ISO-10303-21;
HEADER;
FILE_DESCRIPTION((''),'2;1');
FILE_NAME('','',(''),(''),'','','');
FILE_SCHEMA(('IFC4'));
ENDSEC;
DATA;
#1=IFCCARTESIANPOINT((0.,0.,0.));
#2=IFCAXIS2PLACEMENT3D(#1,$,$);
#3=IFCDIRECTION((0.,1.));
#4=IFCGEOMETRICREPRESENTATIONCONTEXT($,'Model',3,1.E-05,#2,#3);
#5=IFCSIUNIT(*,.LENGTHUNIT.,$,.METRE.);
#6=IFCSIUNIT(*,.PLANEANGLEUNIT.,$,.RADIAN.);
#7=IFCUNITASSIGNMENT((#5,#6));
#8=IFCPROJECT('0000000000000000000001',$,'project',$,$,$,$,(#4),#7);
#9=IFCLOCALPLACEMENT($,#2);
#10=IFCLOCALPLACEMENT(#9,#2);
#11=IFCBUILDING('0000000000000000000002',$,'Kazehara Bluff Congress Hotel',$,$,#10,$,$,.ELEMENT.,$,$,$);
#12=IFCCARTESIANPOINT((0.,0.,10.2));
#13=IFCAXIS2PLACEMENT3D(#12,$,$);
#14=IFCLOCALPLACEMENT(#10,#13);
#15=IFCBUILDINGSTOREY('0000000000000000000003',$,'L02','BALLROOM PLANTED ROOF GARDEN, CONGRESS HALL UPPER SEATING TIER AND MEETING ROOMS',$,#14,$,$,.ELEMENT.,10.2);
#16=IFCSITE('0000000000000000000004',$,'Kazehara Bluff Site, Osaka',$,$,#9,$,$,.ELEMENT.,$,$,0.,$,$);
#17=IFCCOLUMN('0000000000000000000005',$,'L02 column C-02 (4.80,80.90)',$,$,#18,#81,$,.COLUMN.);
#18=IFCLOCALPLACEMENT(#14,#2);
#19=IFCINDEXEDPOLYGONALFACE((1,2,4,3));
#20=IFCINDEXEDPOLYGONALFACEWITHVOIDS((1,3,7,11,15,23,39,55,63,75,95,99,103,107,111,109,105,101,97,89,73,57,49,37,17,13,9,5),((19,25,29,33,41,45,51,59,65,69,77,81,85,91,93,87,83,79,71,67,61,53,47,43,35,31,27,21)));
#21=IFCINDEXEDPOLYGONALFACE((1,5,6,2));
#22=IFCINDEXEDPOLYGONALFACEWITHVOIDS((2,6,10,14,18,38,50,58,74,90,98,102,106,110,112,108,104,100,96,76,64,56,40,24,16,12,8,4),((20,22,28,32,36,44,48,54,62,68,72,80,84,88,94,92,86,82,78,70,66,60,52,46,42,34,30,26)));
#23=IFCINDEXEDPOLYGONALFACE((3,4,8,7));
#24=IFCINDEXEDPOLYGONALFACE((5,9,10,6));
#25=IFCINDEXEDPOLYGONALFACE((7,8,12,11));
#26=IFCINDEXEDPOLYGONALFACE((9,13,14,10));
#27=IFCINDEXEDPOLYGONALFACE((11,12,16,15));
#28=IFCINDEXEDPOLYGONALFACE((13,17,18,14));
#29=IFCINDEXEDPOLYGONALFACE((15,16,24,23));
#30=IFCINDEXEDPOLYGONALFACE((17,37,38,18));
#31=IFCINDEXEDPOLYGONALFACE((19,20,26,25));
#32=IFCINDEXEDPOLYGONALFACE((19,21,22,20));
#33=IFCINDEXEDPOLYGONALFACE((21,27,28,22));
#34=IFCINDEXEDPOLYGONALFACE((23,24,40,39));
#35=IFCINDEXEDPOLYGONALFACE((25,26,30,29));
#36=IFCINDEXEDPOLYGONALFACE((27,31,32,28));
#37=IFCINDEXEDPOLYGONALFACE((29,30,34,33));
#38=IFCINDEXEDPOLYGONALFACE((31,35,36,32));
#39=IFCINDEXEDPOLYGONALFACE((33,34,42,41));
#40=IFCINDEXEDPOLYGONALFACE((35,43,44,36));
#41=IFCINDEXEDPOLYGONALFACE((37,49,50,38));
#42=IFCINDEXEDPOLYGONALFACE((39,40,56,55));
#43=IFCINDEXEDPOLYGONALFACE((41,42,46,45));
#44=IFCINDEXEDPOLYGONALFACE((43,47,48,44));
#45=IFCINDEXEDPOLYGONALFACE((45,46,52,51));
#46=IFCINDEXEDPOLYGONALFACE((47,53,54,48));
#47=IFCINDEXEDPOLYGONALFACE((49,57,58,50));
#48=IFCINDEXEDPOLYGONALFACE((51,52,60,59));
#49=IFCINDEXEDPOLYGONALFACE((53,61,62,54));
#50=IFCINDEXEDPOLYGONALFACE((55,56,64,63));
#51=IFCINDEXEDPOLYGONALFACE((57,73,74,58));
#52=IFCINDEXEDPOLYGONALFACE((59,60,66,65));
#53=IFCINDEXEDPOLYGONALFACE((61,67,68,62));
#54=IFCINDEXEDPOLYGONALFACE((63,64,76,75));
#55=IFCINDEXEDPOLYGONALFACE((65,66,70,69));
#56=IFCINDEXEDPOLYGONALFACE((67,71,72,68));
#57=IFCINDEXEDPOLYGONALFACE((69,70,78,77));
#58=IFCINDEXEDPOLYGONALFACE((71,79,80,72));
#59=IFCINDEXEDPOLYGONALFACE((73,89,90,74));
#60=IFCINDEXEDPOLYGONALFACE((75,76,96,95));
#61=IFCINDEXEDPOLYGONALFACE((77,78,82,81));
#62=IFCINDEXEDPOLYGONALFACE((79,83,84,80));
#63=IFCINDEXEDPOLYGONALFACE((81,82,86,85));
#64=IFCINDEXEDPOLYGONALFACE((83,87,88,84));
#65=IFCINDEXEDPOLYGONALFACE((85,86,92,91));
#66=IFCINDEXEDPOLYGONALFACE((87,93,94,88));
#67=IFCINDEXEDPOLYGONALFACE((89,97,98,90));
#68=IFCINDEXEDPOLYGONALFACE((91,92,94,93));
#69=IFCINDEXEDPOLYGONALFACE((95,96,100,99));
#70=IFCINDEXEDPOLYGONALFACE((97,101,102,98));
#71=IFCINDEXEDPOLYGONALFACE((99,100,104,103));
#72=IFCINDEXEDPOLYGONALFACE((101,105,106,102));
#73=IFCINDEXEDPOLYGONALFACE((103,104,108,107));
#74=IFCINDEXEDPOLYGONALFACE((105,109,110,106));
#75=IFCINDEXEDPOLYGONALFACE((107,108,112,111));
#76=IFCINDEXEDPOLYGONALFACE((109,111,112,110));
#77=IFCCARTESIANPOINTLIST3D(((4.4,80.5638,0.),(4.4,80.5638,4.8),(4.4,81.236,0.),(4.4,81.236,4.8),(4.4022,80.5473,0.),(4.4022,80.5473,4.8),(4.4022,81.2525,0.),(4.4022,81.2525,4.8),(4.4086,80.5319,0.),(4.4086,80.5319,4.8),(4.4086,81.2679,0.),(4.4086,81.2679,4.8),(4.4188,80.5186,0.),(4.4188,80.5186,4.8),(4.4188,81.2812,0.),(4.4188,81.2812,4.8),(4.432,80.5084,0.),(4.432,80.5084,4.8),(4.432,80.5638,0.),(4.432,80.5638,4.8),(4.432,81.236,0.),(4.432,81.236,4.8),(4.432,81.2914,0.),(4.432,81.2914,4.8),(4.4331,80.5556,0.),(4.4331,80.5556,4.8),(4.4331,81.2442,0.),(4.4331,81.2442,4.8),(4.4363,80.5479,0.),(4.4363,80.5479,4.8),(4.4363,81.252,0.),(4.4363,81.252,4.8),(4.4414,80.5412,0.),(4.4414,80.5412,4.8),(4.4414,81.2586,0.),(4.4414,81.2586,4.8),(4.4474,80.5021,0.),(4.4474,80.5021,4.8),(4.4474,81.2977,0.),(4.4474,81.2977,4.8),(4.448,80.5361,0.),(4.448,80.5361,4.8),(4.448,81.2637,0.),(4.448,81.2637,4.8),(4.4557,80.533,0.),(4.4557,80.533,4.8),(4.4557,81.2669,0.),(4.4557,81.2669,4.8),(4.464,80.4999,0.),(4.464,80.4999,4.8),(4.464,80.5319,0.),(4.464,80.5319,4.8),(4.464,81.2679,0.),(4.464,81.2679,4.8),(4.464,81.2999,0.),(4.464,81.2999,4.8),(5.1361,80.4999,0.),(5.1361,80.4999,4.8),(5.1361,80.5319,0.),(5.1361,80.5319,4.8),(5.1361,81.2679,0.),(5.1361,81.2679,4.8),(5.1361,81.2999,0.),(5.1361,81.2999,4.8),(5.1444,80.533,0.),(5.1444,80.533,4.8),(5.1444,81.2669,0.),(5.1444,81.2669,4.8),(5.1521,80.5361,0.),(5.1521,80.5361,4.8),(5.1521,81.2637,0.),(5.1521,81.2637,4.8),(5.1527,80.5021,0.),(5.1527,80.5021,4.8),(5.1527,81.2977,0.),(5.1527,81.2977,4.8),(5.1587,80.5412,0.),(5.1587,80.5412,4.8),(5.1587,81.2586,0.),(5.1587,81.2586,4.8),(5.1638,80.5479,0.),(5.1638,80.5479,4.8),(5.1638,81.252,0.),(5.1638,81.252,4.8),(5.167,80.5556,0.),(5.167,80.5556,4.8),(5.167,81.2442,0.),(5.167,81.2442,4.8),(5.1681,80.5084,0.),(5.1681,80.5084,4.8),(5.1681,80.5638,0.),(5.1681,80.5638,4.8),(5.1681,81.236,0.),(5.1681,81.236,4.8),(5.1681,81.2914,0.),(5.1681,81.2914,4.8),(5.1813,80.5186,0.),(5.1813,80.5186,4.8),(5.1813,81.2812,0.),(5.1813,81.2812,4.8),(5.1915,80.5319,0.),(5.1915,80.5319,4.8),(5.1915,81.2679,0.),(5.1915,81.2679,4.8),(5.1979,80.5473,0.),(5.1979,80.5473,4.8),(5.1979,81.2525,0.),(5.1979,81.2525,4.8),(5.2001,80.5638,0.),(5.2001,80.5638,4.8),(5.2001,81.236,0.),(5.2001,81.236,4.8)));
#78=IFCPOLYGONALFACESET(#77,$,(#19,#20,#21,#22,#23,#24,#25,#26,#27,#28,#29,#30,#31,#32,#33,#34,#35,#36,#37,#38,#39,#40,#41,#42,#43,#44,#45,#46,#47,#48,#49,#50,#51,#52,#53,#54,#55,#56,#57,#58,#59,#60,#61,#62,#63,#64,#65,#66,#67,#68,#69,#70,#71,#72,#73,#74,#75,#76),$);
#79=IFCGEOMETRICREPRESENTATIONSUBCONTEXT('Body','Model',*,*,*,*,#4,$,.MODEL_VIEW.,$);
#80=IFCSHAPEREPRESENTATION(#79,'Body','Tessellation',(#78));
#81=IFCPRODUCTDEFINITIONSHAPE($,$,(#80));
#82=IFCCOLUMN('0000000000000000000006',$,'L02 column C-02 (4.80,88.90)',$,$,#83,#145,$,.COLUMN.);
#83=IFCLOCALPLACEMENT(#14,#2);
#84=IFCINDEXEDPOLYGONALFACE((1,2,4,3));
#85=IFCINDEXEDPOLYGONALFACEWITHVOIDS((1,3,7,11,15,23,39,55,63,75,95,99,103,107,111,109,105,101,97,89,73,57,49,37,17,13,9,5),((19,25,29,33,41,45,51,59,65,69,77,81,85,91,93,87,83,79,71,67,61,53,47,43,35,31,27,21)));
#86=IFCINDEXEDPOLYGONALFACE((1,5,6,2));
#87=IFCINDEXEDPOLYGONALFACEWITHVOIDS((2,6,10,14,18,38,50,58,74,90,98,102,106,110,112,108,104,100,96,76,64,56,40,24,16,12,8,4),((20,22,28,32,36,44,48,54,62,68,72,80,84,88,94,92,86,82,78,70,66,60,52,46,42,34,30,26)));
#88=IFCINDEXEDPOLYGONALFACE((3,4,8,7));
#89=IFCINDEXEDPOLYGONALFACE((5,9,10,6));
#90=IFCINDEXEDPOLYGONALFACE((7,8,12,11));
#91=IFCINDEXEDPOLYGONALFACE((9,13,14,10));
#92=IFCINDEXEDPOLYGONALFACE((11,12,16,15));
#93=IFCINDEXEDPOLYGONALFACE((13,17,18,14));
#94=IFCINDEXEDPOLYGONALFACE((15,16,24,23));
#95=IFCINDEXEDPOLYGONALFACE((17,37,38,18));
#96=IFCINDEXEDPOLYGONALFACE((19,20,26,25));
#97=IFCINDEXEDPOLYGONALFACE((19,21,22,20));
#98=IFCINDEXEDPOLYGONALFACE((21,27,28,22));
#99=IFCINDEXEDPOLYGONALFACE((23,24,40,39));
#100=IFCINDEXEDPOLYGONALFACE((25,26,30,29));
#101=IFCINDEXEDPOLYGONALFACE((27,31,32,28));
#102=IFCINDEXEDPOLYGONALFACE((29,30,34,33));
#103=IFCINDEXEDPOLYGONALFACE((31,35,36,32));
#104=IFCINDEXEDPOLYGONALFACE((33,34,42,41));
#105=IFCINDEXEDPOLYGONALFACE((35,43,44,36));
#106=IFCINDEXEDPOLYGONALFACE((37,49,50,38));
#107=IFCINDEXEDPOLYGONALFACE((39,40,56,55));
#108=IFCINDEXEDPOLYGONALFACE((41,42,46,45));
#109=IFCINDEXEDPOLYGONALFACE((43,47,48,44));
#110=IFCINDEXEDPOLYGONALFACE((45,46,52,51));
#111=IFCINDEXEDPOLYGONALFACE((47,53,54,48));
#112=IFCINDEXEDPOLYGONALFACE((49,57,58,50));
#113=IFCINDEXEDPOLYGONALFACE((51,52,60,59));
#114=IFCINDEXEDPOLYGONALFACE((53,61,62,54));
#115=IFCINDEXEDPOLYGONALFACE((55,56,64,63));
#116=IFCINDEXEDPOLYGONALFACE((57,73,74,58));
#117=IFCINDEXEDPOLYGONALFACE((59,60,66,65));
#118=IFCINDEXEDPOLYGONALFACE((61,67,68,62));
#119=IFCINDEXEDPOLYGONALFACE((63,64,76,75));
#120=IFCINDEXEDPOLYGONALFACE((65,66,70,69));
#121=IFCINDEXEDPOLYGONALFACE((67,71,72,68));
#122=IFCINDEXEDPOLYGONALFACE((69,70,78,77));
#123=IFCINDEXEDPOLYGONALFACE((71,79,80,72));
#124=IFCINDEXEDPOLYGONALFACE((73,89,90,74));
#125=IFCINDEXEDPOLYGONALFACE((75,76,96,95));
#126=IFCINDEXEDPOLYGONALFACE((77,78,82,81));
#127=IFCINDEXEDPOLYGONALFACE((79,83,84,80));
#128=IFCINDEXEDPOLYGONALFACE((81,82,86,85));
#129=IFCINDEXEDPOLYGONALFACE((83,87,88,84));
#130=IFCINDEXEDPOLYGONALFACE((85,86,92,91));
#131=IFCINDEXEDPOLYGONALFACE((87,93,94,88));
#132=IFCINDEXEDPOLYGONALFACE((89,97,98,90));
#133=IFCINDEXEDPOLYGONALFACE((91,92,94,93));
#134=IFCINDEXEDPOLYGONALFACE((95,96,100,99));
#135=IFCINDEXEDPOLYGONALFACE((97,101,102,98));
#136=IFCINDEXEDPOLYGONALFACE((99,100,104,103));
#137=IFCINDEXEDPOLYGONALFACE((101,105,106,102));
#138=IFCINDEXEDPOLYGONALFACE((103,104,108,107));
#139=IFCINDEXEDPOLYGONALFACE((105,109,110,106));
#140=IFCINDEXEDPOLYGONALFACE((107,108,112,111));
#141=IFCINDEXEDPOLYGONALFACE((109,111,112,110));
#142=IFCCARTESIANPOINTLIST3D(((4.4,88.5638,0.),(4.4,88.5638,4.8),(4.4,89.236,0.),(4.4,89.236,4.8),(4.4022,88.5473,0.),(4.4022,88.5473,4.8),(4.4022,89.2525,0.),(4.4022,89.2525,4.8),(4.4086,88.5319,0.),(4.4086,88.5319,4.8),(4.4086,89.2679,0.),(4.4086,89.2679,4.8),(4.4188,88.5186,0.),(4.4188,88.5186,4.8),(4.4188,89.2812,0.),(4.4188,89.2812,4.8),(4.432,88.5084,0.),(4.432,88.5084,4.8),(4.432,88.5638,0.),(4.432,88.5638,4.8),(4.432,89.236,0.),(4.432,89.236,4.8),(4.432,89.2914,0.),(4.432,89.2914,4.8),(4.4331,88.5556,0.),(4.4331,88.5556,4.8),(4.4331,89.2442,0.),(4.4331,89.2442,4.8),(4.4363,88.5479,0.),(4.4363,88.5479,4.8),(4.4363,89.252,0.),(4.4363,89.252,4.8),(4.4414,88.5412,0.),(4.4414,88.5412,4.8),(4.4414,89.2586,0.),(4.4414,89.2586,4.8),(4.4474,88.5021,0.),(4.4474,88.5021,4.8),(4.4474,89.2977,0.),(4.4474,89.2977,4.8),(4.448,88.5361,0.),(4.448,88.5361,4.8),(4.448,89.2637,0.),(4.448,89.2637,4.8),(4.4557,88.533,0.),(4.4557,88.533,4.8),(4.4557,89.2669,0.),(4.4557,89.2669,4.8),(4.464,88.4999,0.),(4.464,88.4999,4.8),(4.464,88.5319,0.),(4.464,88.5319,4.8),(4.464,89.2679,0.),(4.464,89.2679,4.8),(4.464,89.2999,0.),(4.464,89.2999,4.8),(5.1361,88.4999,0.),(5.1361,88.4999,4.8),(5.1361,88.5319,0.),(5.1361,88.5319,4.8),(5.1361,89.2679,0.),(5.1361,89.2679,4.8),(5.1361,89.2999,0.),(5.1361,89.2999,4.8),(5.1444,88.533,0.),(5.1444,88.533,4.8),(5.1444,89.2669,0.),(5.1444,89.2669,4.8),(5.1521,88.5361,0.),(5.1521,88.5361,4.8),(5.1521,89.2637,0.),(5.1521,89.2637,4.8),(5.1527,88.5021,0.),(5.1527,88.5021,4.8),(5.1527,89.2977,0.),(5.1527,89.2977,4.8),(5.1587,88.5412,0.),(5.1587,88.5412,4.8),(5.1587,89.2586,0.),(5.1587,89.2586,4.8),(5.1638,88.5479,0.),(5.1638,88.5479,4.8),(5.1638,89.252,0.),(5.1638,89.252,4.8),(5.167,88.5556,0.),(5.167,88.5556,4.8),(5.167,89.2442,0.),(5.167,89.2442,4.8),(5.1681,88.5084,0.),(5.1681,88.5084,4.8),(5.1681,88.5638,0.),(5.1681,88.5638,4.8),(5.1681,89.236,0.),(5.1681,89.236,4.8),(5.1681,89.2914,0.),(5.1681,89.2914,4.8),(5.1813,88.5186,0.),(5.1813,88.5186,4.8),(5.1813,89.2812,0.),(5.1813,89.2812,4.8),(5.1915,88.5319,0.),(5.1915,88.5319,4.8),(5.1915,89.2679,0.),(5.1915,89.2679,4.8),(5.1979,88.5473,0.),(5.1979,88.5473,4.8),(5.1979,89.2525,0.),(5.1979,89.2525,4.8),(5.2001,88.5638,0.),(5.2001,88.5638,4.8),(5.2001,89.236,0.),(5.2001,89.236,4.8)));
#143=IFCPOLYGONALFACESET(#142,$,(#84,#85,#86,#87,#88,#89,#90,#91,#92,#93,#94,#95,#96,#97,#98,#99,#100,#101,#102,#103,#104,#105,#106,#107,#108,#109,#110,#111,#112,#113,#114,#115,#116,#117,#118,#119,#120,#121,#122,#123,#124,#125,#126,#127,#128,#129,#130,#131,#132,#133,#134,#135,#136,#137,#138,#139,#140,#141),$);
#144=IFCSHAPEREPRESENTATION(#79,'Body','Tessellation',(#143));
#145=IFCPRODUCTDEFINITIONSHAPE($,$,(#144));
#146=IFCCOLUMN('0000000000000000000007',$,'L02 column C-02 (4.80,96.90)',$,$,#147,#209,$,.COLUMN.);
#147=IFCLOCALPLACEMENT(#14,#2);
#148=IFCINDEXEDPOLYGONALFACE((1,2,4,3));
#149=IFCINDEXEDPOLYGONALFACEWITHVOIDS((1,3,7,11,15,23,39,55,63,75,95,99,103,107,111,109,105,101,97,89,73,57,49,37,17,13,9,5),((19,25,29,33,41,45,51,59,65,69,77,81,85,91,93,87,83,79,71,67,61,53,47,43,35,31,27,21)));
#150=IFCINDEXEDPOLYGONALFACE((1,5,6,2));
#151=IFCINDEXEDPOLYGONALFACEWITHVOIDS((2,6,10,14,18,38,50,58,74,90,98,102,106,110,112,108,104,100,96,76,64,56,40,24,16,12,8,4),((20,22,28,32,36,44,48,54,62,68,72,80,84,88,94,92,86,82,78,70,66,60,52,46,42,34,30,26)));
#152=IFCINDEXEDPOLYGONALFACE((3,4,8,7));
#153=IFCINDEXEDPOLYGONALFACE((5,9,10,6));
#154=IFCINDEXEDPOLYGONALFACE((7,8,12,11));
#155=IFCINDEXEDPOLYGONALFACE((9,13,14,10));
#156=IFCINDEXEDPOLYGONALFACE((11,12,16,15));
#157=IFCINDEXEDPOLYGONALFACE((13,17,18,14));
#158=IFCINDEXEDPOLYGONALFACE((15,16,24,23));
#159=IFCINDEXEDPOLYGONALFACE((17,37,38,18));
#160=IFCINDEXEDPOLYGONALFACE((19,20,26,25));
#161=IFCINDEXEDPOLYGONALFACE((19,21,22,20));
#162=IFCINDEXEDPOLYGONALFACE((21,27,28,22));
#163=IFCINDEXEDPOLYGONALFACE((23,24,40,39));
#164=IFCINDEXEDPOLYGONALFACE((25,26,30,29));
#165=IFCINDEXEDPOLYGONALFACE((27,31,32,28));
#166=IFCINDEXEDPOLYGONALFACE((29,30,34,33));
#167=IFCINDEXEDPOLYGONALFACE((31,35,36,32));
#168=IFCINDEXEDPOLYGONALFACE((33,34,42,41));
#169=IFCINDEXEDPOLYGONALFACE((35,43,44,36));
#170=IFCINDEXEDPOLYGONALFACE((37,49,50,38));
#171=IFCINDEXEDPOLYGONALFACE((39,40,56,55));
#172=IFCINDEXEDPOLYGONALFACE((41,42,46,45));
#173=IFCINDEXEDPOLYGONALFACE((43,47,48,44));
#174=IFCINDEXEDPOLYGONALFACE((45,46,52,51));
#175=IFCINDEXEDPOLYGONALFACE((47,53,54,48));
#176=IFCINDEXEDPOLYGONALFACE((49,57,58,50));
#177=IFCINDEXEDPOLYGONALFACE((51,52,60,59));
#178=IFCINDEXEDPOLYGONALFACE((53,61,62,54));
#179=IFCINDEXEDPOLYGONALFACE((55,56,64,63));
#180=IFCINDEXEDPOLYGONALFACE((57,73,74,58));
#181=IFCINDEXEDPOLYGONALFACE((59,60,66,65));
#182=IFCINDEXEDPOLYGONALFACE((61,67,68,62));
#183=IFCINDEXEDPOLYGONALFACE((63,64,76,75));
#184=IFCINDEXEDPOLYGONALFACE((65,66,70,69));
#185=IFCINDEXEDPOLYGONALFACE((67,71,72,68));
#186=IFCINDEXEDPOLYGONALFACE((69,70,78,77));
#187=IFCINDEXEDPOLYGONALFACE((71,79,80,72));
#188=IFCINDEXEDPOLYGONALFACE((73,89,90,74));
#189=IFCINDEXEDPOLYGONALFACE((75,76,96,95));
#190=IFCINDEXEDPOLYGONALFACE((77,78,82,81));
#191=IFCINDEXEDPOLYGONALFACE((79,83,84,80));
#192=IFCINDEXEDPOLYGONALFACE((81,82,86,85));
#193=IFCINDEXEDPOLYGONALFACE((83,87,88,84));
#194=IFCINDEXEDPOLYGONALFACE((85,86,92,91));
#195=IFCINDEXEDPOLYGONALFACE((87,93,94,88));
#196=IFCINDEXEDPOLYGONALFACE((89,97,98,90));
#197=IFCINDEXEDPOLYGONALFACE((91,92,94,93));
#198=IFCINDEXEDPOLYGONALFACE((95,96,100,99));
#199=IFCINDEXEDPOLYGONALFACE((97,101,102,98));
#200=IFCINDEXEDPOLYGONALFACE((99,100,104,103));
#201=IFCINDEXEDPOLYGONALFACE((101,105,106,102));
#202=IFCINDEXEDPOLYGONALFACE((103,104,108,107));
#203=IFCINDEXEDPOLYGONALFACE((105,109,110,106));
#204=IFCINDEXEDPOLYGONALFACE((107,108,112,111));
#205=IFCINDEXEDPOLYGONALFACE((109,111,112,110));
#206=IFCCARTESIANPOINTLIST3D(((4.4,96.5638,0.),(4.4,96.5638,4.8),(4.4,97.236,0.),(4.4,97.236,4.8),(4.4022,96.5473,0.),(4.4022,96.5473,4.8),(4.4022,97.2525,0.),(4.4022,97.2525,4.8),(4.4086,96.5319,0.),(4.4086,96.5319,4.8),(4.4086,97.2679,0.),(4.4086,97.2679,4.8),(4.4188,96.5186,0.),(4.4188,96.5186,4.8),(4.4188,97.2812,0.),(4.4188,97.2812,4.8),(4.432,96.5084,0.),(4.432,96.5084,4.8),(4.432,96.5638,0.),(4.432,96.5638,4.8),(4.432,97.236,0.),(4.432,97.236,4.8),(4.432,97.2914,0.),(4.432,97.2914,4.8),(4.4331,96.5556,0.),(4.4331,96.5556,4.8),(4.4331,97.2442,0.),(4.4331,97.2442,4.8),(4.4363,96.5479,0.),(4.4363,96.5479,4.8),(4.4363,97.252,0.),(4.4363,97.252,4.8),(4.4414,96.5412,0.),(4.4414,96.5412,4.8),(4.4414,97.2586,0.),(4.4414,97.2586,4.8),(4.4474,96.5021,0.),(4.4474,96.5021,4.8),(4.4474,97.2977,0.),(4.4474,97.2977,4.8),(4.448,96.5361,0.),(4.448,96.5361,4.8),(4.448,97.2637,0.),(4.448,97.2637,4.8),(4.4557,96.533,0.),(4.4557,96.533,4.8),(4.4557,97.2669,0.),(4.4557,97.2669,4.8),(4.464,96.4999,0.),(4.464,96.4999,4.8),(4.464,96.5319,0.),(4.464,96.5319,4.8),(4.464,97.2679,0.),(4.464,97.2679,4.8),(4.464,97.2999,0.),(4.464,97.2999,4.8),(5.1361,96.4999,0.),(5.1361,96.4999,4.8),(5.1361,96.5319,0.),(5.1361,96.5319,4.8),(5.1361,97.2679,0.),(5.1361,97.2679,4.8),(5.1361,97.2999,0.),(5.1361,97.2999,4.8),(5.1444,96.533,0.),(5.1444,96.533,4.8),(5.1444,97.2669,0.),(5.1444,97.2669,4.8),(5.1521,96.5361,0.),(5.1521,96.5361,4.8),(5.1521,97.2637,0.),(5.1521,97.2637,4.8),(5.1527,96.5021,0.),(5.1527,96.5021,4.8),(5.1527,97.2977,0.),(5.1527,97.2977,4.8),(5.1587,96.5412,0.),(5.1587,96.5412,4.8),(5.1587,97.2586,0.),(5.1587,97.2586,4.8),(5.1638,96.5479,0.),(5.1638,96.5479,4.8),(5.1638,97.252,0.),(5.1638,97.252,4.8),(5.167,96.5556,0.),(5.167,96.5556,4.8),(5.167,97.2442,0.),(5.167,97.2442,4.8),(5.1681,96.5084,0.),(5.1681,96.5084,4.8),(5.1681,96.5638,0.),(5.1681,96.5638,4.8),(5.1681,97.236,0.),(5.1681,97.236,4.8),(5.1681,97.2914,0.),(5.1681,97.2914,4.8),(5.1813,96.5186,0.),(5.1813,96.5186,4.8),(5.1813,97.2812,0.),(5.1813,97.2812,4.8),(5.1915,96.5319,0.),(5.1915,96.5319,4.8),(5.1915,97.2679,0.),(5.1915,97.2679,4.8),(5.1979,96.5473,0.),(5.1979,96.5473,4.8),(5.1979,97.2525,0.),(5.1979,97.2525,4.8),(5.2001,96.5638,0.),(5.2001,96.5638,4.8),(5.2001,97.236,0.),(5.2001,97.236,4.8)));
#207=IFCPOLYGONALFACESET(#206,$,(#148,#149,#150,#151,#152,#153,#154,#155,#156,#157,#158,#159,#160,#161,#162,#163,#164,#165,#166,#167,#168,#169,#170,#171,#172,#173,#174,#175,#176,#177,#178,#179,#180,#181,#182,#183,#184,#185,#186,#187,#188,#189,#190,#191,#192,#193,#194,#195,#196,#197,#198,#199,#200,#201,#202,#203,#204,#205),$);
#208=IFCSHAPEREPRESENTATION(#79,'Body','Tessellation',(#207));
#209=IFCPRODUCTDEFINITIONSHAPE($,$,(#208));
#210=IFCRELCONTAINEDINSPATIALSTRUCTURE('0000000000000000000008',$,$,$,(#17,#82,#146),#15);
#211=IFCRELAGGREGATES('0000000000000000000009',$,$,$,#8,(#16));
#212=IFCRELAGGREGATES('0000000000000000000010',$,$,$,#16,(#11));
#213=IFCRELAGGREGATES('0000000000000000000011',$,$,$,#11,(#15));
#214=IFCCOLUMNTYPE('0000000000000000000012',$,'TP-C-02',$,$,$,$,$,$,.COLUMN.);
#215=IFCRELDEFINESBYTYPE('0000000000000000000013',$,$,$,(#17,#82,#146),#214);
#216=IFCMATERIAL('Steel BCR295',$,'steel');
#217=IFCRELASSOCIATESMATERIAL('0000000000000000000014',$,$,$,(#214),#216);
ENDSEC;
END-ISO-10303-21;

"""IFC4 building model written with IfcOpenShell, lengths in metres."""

from ifc_helpers import new_model, si_unit, direction, frame, origin, origin_2d, place, context, subcontext, project, spatial, hollow_rectangle, extrude, material, material_profile, profile_set, type_object, element, save


model = new_model("IFC4")

# Units and contexts
model_context = context("Model", 3, precision=1e-05, world=origin(), true_north=direction((0.0, 1.0)))
body_context = subcontext(model_context, "Body", "Model", "MODEL_VIEW")
ifc_project = project(units=[si_unit("LENGTHUNIT", "METRE"), si_unit("PLANEANGLEUNIT", "RADIAN")], contexts=[model_context])

# Site, building, storey
site_placement = place(None, origin())
site = spatial("IfcSite", under=ifc_project, at=site_placement, Name="Kazehara Bluff Site, Osaka", CompositionType="ELEMENT", RefElevation=0.0)
building_placement = place(site_placement, origin())
building = spatial("IfcBuilding", under=site, at=building_placement, Name="Kazehara Bluff Congress Hotel", CompositionType="ELEMENT")
storey_placement = place(building_placement, frame((0.0, 0.0, 10.2)))
storey = spatial("IfcBuildingStorey", under=building, at=storey_placement, Name="L02", Description="BALLROOM PLANTED ROOF GARDEN, CONGRESS HALL UPPER SEATING TIER AND MEETING ROOMS", CompositionType="ELEMENT", Elevation=10.2)

# Columns
ifc_material_1 = material(Name="Steel BCR295", Category="steel")
ifc_material_profile_1 = material_profile(ifc_material_1, hollow_rectangle(XDim=0.8, YDim=0.8, WallThickness=0.032, InnerFilletRadius=0.032, OuterFilletRadius=0.064, at=origin_2d()))
ifc_profile_set_1 = profile_set([ifc_material_profile_1], Name="Steel BCR295")
column_type = type_object("IfcColumnType", Name="TP-C-02", PredefinedType="COLUMN", material=ifc_profile_set_1)
for number, where, z_axis, x_axis, name in (
    (1, (4.8, 80.8999, 0.0), (0.0, 0.0, 1.0), (1.0, 0.0, 0.0), "L02 column C-02 (4.80,80.90)"),
    (2, (4.8, 88.8999, 0.0), (0.0, 0.0, 1.0), (1.0, 0.0, 0.0), "L02 column C-02 (4.80,88.90)"),
    (3, (4.8, 96.8999, 0.0), (0.0, 0.0, 1.0), (1.0, 0.0, 0.0), "L02 column C-02 (4.80,96.90)"),
):
    element("IfcColumn", number, at=place(storey_placement, frame(where, z_axis=z_axis, x_axis=x_axis)), inside=storey, type_object=column_type, Name=name, PredefinedType="COLUMN", context=body_context, shape_type="SweptSolid", body=[
        extrude(hollow_rectangle(XDim=0.8, YDim=0.8, WallThickness=0.032, InnerFilletRadius=0.032, OuterFilletRadius=0.064, at=origin_2d()), origin(), (0.0, 0.0, 1.0), 4.8),
    ])

save(model, "model.ifc")
